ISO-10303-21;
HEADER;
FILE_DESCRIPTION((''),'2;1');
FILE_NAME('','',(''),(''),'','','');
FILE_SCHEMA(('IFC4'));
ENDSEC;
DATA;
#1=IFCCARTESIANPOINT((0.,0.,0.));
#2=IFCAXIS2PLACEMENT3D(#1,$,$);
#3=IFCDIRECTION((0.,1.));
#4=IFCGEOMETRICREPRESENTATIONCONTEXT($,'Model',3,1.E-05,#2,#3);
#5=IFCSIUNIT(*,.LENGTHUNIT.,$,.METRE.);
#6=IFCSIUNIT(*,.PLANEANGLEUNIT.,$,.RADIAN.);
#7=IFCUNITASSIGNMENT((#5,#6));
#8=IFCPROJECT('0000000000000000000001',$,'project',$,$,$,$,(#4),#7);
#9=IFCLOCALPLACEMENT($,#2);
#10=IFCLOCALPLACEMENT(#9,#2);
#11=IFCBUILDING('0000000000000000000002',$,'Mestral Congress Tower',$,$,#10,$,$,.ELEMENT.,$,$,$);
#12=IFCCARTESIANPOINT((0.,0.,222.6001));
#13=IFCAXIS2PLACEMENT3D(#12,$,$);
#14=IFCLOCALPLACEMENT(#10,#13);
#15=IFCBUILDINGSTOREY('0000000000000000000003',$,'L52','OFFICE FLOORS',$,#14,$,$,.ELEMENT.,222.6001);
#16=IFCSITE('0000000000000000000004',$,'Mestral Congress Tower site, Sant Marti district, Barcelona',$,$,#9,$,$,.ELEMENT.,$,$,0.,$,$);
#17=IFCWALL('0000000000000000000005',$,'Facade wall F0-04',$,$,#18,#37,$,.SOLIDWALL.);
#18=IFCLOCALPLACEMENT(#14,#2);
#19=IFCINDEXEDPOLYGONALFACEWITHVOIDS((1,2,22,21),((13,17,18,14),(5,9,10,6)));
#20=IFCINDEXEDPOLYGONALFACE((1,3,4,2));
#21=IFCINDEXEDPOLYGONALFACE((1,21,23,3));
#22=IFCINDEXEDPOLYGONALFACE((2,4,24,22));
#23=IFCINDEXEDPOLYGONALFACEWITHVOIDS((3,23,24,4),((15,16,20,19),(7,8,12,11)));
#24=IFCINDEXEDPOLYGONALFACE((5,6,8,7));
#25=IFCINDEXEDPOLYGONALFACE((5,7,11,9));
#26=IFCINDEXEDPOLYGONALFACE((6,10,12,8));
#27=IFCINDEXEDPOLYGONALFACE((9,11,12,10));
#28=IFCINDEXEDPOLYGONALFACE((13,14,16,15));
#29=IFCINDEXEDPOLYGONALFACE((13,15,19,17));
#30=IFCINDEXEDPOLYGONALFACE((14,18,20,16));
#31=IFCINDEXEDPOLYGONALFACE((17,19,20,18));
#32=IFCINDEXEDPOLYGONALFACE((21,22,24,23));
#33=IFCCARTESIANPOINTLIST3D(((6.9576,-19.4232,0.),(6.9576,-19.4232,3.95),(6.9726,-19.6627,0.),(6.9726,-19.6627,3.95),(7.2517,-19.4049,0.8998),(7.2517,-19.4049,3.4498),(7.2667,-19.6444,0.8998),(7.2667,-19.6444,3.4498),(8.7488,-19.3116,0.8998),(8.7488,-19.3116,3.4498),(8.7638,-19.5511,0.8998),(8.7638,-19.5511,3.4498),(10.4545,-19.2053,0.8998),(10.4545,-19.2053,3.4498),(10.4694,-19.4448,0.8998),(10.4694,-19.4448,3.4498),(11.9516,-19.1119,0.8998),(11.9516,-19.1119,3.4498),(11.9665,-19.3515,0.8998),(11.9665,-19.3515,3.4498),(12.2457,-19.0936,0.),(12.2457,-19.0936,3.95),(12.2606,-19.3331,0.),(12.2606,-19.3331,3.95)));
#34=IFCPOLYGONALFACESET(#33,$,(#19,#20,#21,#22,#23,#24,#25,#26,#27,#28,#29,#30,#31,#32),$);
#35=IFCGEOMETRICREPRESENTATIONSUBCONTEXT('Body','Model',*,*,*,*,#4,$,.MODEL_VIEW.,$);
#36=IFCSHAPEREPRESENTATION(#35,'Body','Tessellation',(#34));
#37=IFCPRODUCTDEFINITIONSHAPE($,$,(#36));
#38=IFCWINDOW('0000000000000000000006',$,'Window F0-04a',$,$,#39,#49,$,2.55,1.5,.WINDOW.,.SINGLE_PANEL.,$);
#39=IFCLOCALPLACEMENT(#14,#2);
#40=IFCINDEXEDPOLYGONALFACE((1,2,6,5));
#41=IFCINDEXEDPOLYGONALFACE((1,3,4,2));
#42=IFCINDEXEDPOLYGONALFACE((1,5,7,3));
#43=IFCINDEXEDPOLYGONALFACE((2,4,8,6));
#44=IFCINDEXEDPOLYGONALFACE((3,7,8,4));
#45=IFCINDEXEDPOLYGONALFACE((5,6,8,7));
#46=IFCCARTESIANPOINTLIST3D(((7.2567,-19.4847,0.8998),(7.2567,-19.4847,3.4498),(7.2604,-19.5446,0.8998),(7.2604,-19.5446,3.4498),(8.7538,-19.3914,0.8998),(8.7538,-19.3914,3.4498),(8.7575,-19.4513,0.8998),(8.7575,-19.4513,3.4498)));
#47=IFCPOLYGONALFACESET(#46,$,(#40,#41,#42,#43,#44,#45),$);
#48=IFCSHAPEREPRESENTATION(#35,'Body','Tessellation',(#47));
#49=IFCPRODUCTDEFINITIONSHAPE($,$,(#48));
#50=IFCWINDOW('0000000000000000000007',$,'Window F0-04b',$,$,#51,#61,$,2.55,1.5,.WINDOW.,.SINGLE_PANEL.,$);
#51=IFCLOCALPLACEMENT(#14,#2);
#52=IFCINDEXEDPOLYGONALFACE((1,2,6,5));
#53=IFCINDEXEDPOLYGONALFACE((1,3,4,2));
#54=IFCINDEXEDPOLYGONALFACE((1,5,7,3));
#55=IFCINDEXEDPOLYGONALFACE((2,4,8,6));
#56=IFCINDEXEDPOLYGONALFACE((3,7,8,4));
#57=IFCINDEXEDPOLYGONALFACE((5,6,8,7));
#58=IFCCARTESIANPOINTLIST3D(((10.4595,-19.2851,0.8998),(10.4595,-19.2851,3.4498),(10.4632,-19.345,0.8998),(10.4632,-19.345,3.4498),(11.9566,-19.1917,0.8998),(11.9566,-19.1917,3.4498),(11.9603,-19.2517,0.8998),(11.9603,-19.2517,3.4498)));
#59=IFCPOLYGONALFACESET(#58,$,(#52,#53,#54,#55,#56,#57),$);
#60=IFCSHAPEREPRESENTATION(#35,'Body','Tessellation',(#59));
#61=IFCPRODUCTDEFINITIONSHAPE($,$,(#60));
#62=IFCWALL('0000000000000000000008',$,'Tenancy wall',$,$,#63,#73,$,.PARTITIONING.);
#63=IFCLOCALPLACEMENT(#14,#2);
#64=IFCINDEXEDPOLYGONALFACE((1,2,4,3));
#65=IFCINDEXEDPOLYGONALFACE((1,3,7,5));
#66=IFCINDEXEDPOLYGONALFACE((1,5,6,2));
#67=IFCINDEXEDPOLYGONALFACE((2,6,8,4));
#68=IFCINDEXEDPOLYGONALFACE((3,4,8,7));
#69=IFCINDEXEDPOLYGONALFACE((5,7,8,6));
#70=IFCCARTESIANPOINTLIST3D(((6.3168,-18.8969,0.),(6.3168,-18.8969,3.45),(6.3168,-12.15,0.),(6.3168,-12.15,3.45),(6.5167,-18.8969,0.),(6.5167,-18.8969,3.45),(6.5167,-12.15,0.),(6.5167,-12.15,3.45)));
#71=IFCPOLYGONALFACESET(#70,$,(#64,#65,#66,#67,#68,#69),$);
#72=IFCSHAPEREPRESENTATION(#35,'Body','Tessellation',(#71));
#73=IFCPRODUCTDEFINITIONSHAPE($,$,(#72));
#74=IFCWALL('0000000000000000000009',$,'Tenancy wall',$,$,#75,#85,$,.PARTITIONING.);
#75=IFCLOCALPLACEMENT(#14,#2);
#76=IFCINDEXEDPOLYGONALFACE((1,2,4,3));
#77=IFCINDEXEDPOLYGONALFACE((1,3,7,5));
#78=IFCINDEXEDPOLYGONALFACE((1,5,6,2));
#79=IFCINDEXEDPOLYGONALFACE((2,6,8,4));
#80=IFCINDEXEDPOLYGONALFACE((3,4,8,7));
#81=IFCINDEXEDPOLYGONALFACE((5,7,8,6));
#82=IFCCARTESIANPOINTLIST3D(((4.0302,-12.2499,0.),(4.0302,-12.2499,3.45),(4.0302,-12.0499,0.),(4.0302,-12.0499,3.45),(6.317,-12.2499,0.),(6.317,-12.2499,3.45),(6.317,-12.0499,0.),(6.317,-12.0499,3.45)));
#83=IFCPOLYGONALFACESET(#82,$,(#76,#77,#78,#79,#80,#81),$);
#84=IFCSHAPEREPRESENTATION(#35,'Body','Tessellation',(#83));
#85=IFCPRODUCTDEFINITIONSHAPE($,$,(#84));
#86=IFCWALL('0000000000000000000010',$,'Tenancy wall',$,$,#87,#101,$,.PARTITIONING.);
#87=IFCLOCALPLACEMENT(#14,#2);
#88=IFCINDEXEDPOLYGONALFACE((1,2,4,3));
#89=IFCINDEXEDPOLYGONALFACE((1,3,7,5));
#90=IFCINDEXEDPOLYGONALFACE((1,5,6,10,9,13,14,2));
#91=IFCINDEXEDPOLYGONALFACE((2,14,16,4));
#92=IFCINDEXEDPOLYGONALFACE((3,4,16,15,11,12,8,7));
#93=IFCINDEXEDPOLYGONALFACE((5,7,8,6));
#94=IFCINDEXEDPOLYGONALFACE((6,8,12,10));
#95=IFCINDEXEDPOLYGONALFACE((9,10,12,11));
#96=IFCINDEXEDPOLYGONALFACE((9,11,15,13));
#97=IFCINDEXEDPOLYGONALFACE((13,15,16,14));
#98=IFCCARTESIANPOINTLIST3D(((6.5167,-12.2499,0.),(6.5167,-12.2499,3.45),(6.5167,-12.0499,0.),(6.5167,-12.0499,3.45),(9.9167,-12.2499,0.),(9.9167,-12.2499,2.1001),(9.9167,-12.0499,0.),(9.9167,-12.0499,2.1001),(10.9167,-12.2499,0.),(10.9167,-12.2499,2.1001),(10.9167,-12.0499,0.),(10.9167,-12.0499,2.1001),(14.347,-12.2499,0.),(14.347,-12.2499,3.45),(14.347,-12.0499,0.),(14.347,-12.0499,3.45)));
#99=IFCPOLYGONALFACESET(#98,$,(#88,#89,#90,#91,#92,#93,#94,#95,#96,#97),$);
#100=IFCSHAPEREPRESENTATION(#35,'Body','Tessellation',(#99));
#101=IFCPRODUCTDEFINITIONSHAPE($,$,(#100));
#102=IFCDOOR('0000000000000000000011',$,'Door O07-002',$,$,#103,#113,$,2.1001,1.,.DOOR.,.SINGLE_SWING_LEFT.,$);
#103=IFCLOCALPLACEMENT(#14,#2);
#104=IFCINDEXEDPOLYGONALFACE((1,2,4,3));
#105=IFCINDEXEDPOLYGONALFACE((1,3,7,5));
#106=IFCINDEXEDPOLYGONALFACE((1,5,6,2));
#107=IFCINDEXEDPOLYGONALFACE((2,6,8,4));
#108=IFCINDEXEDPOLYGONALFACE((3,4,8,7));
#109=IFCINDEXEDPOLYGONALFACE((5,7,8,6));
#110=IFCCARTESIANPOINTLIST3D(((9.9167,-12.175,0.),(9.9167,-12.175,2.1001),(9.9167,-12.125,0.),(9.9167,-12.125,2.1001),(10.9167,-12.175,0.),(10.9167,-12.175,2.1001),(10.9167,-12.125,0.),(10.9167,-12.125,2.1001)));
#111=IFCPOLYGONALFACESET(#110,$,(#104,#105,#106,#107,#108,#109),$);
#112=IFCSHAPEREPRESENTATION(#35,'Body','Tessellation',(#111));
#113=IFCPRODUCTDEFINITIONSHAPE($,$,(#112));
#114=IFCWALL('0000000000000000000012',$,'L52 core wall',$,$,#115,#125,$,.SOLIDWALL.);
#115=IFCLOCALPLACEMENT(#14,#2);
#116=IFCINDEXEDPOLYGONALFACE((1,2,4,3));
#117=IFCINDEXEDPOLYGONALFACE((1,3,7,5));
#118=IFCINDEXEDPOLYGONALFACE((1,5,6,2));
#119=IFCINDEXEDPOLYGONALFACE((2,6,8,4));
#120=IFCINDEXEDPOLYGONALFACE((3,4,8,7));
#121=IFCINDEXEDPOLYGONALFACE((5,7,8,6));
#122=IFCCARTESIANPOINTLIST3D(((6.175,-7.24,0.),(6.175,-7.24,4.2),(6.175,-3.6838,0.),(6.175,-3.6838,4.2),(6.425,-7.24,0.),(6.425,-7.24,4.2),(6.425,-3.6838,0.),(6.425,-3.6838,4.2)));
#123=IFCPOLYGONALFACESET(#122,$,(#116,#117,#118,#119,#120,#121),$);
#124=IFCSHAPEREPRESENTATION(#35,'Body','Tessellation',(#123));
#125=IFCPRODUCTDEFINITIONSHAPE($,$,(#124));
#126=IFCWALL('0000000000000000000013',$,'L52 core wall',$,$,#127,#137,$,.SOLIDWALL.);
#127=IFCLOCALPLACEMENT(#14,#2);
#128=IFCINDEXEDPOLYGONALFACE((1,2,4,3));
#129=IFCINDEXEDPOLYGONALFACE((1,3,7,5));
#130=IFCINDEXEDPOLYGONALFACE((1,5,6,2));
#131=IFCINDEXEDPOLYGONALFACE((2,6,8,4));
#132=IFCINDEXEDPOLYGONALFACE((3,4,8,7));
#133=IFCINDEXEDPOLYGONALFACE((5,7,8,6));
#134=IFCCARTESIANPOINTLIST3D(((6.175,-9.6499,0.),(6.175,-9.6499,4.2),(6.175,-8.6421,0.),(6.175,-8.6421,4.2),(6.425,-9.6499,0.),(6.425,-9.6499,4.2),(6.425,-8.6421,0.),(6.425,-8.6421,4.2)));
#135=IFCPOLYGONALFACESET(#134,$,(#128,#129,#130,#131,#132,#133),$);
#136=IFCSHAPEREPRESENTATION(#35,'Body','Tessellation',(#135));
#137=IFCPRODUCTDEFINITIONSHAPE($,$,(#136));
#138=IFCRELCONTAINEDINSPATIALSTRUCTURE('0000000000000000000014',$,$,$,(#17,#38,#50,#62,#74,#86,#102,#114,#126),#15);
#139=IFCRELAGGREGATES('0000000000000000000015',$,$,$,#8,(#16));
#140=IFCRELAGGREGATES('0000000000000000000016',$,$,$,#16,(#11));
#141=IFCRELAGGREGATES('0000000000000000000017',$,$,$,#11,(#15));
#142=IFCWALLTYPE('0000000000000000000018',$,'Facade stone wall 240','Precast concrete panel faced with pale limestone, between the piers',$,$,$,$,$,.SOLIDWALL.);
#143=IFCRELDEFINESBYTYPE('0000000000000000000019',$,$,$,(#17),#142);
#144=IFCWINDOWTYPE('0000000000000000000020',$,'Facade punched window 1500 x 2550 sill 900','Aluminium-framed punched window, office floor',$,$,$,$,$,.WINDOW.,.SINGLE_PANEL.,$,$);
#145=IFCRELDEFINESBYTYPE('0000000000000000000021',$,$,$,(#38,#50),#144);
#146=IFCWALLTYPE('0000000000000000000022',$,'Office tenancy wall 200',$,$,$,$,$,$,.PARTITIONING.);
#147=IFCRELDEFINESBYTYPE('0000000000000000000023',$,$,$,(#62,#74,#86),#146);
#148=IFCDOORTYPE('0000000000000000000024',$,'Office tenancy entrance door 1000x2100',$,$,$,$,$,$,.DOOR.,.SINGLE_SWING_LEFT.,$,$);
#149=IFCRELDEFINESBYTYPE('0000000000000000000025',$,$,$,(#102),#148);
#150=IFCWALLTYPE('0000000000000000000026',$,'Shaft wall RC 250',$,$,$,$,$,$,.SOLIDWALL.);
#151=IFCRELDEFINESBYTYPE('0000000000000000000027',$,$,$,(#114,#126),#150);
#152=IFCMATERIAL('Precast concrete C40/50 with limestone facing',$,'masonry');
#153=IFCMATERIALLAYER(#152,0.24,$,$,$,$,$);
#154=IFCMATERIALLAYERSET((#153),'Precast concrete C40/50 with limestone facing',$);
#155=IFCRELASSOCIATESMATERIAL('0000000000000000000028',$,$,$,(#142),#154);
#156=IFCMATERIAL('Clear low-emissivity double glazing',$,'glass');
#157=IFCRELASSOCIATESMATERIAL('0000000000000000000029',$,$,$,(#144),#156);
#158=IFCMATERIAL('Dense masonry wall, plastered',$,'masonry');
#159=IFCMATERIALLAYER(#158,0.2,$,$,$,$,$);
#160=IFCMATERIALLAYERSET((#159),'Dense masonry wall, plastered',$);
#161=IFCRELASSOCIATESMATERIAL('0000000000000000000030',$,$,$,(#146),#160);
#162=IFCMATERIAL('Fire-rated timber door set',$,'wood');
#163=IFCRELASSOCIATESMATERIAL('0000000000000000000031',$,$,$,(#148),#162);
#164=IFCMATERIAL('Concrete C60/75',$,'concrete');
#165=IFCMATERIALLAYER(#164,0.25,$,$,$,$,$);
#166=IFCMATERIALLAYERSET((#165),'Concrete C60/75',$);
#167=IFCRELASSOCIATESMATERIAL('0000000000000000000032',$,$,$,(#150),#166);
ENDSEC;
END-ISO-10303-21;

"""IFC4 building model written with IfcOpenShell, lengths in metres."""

from ifc_helpers import new_model, si_unit, direction, frame, frame_2d, origin, place, context, subcontext, project, spatial, rectangle, extrude, material, layer, layer_set, type_object, element, fill, save


model = new_model("IFC4")

# Units and contexts
model_context = context("Model", 3, precision=1e-05, world=origin(), true_north=direction((0.0, 1.0)))
body_context = subcontext(model_context, "Body", "Model", "MODEL_VIEW")
ifc_project = project(units=[si_unit("LENGTHUNIT", "METRE"), si_unit("PLANEANGLEUNIT", "RADIAN")], contexts=[model_context])

# Site, building, storey
site_placement = place(None, origin())
site = spatial("IfcSite", under=ifc_project, at=site_placement, Name="Mestral Congress Tower site, Sant Marti district, Barcelona", CompositionType="ELEMENT", RefElevation=0.0)
building_placement = place(site_placement, origin())
building = spatial("IfcBuilding", under=site, at=building_placement, Name="Mestral Congress Tower", CompositionType="ELEMENT")
storey_placement = place(building_placement, frame((0.0, 0.0, 222.6001)))
storey = spatial("IfcBuildingStorey", under=building, at=storey_placement, Name="L52", Description="OFFICE FLOORS", CompositionType="ELEMENT", Elevation=222.6001)

# Shared definitions
ifc_material_1 = material(Name="Concrete C60/75", Category="concrete")

# Wall, openings, windows
ifc_material_2 = material(Name="Precast concrete C40/50 with limestone facing", Category="masonry")
ifc_layer_1 = layer(ifc_material_2, 0.24)
ifc_layer_set_1 = layer_set([ifc_layer_1], Name="Precast concrete C40/50 with limestone facing")
wall_type_1 = type_object("IfcWallType", Name="Facade stone wall 240", Description="Precast concrete panel faced with pale limestone, between the piers", PredefinedType="SOLIDWALL", material=ifc_layer_set_1)
ifc_material_3 = material(Name="Clear low-emissivity double glazing", Category="glass")
window_type = type_object("IfcWindowType", Name="Facade punched window 1500 x 2550 sill 900", Description="Aluminium-framed punched window, office floor", PartitioningType="SINGLE_PANEL", PredefinedType="WINDOW", material=ifc_material_3)
wall_1_placement = place(storey_placement, frame((6.9651, -19.543, 0.0), z_axis=(0.0, 0.0, 1.0), x_axis=(0.998063, 0.062206, 0.0)))
wall_1 = element("IfcWall", 1, at=wall_1_placement, inside=storey, type_object=wall_type_1, Name="Facade wall F0-04", PredefinedType="SOLIDWALL", context=body_context, shape_type="SweptSolid", body=[
    extrude(rectangle(XDim=5.2983, YDim=0.24, at=frame_2d((2.6492, 0.0))), origin(), (0.0, 0.0, 1.0), 3.95),
])
opening_1_placement = place(wall_1_placement, frame((0.2947, 0.0, 0.8999)))
opening_1 = element("IfcOpeningElement", 2, at=opening_1_placement, cuts=wall_1, PredefinedType="OPENING", context=body_context, shape_type="SweptSolid", body=[
    extrude(rectangle(XDim=1.5, YDim=2.55, at=frame_2d((0.75, 1.2749))), frame((0.0, 0.1299, 0.0), z_axis=(0.0, -1.0, 0.0), x_axis=(1.0, 0.0, 0.0)), (0.0, 0.0, 1.0), 0.26),
])
opening_2_placement = place(wall_1_placement, frame((3.5037, 0.0, 0.8999)))
opening_2 = element("IfcOpeningElement", 3, at=opening_2_placement, cuts=wall_1, PredefinedType="OPENING", context=body_context, shape_type="SweptSolid", body=[
    extrude(rectangle(XDim=1.5, YDim=2.55, at=frame_2d((0.75, 1.2749))), frame((0.0, 0.1299, 0.0), z_axis=(0.0, -1.0, 0.0), x_axis=(1.0, 0.0, 0.0)), (0.0, 0.0, 1.0), 0.26),
])
window_1_placement = place(opening_1_placement, origin())
window_1 = element("IfcWindow", 4, at=window_1_placement, inside=storey, type_object=window_type, Name="Window F0-04a", OverallHeight=2.55, OverallWidth=1.5, PartitioningType="SINGLE_PANEL", PredefinedType="WINDOW", context=body_context, shape_type="SweptSolid", body=[
    extrude(rectangle(XDim=1.5, YDim=2.55, at=frame_2d((0.75, 1.2749))), frame((0.0, 0.04, 0.0), z_axis=(0.0, -1.0, 0.0), x_axis=(1.0, 0.0, 0.0)), (0.0, 0.0, 1.0), 0.0601),
])
fill(opening_1, window_1)
window_2_placement = place(opening_2_placement, origin())
window_2 = element("IfcWindow", 5, at=window_2_placement, inside=storey, type_object=window_type, Name="Window F0-04b", OverallHeight=2.55, OverallWidth=1.5, PartitioningType="SINGLE_PANEL", PredefinedType="WINDOW", context=body_context, shape_type="SweptSolid", body=[
    extrude(rectangle(XDim=1.5, YDim=2.55, at=frame_2d((0.75, 1.2749))), frame((0.0, 0.04, 0.0), z_axis=(0.0, -1.0, 0.0), x_axis=(1.0, 0.0, 0.0)), (0.0, 0.0, 1.0), 0.0601),
])
fill(opening_2, window_2)

# Walls
ifc_material_4 = material(Name="Dense masonry wall, plastered", Category="masonry")
ifc_layer_2 = layer(ifc_material_4, 0.2)
ifc_layer_set_2 = layer_set([ifc_layer_2], Name="Dense masonry wall, plastered")
wall_type_2 = type_object("IfcWallType", Name="Office tenancy wall 200", PredefinedType="PARTITIONING", material=ifc_layer_set_2)
wall_2_placement = place(storey_placement, frame((6.4167, -12.1499, 0.0), z_axis=(0.0, 0.0, 1.0), x_axis=(0.0, -1.0, 0.0)))
element("IfcWall", 6, at=wall_2_placement, inside=storey, type_object=wall_type_2, Name="Tenancy wall", PredefinedType="PARTITIONING", context=body_context, shape_type="SweptSolid", body=[
    extrude(rectangle(XDim=6.7468, YDim=0.2, at=frame_2d((3.3735, 0.0))), origin(), (0.0, 0.0, 1.0), 3.45),
])
wall_3_placement = place(storey_placement, frame((4.03, -12.1499, 0.0), z_axis=(0.0, 0.0, 1.0), x_axis=(1.0, 0.0, 0.0)))
element("IfcWall", 7, at=wall_3_placement, inside=storey, type_object=wall_type_2, Name="Tenancy wall", PredefinedType="PARTITIONING", context=body_context, shape_type="SweptSolid", body=[
    extrude(rectangle(XDim=2.2869, YDim=0.2, at=frame_2d((1.1436, 0.0))), origin(), (0.0, 0.0, 1.0), 3.45),
])

# Wall, opening, door
wall_4_placement = place(storey_placement, frame((6.5168, -12.1499, 0.0), z_axis=(0.0, 0.0, 1.0), x_axis=(1.0, 0.0, 0.0)))
wall_4 = element("IfcWall", 8, at=wall_4_placement, inside=storey, type_object=wall_type_2, Name="Tenancy wall", PredefinedType="PARTITIONING", context=body_context, shape_type="SweptSolid", body=[
    extrude(rectangle(XDim=7.8303, YDim=0.2, at=frame_2d((3.915, 0.0))), origin(), (0.0, 0.0, 1.0), 3.45),
])
opening_3_placement = place(wall_4_placement, frame((3.3999, 0.0, 0.0)))
opening_3 = element("IfcOpeningElement", 9, at=opening_3_placement, cuts=wall_4, PredefinedType="OPENING", context=body_context, shape_type="SweptSolid", body=[
    extrude(rectangle(XDim=1.0, YDim=2.1001, at=frame_2d((0.5, 1.05))), frame((0.0, 0.1099, 0.0), z_axis=(0.0, -1.0, 0.0), x_axis=(1.0, 0.0, 0.0)), (0.0, 0.0, 1.0), 0.22),
])
ifc_material_5 = material(Name="Fire-rated timber door set", Category="wood")
door_type_1 = type_object("IfcDoorType", Name="Office tenancy entrance door 1000x2100", OperationType="SINGLE_SWING_LEFT", PredefinedType="DOOR", material=ifc_material_5)
door_1_placement = place(opening_3_placement, origin())
door_1 = element("IfcDoor", 10, at=door_1_placement, inside=storey, type_object=door_type_1, Name="Door O07-002", OperationType="SINGLE_SWING_LEFT", OverallHeight=2.1001, OverallWidth=1.0, PredefinedType="DOOR", context=body_context, shape_type="SweptSolid", body=[
    extrude(rectangle(XDim=1.0, YDim=2.1001, at=frame_2d((0.5, 1.05))), frame((0.0, 0.0249, 0.0), z_axis=(0.0, -1.0, 0.0), x_axis=(1.0, 0.0, 0.0)), (0.0, 0.0, 1.0), 0.05),
])
fill(opening_3, door_1)

# Walls
ifc_layer_3 = layer(ifc_material_1, 0.25)
ifc_layer_set_3 = layer_set([ifc_layer_3], Name="Concrete C60/75")
wall_type_3 = type_object("IfcWallType", Name="Shaft wall RC 250", PredefinedType="SOLIDWALL", material=ifc_layer_set_3)
wall_5_placement = place(storey_placement, frame((6.3, -7.24, 0.0), z_axis=(0.0, 0.0, 1.0), x_axis=(0.0, 1.0, 0.0)))
element("IfcWall", 11, at=wall_5_placement, inside=storey, type_object=wall_type_3, Name="L52 core wall", PredefinedType="SOLIDWALL", context=body_context, shape_type="SweptSolid", body=[
    extrude(rectangle(XDim=3.5562, YDim=0.25, at=frame_2d((1.7781, 0.0))), origin(), (0.0, 0.0, 1.0), 4.2),
])
wall_6_placement = place(storey_placement, frame((6.3, -9.6499, 0.0), z_axis=(0.0, 0.0, 1.0), x_axis=(0.0, 1.0, 0.0)))
element("IfcWall", 12, at=wall_6_placement, inside=storey, type_object=wall_type_3, Name="L52 core wall", PredefinedType="SOLIDWALL", context=body_context, shape_type="SweptSolid", body=[
    extrude(rectangle(XDim=1.0078, YDim=0.25, at=frame_2d((0.5039, 0.0))), origin(), (0.0, 0.0, 1.0), 4.2),
])

save(model, "model.ifc")
